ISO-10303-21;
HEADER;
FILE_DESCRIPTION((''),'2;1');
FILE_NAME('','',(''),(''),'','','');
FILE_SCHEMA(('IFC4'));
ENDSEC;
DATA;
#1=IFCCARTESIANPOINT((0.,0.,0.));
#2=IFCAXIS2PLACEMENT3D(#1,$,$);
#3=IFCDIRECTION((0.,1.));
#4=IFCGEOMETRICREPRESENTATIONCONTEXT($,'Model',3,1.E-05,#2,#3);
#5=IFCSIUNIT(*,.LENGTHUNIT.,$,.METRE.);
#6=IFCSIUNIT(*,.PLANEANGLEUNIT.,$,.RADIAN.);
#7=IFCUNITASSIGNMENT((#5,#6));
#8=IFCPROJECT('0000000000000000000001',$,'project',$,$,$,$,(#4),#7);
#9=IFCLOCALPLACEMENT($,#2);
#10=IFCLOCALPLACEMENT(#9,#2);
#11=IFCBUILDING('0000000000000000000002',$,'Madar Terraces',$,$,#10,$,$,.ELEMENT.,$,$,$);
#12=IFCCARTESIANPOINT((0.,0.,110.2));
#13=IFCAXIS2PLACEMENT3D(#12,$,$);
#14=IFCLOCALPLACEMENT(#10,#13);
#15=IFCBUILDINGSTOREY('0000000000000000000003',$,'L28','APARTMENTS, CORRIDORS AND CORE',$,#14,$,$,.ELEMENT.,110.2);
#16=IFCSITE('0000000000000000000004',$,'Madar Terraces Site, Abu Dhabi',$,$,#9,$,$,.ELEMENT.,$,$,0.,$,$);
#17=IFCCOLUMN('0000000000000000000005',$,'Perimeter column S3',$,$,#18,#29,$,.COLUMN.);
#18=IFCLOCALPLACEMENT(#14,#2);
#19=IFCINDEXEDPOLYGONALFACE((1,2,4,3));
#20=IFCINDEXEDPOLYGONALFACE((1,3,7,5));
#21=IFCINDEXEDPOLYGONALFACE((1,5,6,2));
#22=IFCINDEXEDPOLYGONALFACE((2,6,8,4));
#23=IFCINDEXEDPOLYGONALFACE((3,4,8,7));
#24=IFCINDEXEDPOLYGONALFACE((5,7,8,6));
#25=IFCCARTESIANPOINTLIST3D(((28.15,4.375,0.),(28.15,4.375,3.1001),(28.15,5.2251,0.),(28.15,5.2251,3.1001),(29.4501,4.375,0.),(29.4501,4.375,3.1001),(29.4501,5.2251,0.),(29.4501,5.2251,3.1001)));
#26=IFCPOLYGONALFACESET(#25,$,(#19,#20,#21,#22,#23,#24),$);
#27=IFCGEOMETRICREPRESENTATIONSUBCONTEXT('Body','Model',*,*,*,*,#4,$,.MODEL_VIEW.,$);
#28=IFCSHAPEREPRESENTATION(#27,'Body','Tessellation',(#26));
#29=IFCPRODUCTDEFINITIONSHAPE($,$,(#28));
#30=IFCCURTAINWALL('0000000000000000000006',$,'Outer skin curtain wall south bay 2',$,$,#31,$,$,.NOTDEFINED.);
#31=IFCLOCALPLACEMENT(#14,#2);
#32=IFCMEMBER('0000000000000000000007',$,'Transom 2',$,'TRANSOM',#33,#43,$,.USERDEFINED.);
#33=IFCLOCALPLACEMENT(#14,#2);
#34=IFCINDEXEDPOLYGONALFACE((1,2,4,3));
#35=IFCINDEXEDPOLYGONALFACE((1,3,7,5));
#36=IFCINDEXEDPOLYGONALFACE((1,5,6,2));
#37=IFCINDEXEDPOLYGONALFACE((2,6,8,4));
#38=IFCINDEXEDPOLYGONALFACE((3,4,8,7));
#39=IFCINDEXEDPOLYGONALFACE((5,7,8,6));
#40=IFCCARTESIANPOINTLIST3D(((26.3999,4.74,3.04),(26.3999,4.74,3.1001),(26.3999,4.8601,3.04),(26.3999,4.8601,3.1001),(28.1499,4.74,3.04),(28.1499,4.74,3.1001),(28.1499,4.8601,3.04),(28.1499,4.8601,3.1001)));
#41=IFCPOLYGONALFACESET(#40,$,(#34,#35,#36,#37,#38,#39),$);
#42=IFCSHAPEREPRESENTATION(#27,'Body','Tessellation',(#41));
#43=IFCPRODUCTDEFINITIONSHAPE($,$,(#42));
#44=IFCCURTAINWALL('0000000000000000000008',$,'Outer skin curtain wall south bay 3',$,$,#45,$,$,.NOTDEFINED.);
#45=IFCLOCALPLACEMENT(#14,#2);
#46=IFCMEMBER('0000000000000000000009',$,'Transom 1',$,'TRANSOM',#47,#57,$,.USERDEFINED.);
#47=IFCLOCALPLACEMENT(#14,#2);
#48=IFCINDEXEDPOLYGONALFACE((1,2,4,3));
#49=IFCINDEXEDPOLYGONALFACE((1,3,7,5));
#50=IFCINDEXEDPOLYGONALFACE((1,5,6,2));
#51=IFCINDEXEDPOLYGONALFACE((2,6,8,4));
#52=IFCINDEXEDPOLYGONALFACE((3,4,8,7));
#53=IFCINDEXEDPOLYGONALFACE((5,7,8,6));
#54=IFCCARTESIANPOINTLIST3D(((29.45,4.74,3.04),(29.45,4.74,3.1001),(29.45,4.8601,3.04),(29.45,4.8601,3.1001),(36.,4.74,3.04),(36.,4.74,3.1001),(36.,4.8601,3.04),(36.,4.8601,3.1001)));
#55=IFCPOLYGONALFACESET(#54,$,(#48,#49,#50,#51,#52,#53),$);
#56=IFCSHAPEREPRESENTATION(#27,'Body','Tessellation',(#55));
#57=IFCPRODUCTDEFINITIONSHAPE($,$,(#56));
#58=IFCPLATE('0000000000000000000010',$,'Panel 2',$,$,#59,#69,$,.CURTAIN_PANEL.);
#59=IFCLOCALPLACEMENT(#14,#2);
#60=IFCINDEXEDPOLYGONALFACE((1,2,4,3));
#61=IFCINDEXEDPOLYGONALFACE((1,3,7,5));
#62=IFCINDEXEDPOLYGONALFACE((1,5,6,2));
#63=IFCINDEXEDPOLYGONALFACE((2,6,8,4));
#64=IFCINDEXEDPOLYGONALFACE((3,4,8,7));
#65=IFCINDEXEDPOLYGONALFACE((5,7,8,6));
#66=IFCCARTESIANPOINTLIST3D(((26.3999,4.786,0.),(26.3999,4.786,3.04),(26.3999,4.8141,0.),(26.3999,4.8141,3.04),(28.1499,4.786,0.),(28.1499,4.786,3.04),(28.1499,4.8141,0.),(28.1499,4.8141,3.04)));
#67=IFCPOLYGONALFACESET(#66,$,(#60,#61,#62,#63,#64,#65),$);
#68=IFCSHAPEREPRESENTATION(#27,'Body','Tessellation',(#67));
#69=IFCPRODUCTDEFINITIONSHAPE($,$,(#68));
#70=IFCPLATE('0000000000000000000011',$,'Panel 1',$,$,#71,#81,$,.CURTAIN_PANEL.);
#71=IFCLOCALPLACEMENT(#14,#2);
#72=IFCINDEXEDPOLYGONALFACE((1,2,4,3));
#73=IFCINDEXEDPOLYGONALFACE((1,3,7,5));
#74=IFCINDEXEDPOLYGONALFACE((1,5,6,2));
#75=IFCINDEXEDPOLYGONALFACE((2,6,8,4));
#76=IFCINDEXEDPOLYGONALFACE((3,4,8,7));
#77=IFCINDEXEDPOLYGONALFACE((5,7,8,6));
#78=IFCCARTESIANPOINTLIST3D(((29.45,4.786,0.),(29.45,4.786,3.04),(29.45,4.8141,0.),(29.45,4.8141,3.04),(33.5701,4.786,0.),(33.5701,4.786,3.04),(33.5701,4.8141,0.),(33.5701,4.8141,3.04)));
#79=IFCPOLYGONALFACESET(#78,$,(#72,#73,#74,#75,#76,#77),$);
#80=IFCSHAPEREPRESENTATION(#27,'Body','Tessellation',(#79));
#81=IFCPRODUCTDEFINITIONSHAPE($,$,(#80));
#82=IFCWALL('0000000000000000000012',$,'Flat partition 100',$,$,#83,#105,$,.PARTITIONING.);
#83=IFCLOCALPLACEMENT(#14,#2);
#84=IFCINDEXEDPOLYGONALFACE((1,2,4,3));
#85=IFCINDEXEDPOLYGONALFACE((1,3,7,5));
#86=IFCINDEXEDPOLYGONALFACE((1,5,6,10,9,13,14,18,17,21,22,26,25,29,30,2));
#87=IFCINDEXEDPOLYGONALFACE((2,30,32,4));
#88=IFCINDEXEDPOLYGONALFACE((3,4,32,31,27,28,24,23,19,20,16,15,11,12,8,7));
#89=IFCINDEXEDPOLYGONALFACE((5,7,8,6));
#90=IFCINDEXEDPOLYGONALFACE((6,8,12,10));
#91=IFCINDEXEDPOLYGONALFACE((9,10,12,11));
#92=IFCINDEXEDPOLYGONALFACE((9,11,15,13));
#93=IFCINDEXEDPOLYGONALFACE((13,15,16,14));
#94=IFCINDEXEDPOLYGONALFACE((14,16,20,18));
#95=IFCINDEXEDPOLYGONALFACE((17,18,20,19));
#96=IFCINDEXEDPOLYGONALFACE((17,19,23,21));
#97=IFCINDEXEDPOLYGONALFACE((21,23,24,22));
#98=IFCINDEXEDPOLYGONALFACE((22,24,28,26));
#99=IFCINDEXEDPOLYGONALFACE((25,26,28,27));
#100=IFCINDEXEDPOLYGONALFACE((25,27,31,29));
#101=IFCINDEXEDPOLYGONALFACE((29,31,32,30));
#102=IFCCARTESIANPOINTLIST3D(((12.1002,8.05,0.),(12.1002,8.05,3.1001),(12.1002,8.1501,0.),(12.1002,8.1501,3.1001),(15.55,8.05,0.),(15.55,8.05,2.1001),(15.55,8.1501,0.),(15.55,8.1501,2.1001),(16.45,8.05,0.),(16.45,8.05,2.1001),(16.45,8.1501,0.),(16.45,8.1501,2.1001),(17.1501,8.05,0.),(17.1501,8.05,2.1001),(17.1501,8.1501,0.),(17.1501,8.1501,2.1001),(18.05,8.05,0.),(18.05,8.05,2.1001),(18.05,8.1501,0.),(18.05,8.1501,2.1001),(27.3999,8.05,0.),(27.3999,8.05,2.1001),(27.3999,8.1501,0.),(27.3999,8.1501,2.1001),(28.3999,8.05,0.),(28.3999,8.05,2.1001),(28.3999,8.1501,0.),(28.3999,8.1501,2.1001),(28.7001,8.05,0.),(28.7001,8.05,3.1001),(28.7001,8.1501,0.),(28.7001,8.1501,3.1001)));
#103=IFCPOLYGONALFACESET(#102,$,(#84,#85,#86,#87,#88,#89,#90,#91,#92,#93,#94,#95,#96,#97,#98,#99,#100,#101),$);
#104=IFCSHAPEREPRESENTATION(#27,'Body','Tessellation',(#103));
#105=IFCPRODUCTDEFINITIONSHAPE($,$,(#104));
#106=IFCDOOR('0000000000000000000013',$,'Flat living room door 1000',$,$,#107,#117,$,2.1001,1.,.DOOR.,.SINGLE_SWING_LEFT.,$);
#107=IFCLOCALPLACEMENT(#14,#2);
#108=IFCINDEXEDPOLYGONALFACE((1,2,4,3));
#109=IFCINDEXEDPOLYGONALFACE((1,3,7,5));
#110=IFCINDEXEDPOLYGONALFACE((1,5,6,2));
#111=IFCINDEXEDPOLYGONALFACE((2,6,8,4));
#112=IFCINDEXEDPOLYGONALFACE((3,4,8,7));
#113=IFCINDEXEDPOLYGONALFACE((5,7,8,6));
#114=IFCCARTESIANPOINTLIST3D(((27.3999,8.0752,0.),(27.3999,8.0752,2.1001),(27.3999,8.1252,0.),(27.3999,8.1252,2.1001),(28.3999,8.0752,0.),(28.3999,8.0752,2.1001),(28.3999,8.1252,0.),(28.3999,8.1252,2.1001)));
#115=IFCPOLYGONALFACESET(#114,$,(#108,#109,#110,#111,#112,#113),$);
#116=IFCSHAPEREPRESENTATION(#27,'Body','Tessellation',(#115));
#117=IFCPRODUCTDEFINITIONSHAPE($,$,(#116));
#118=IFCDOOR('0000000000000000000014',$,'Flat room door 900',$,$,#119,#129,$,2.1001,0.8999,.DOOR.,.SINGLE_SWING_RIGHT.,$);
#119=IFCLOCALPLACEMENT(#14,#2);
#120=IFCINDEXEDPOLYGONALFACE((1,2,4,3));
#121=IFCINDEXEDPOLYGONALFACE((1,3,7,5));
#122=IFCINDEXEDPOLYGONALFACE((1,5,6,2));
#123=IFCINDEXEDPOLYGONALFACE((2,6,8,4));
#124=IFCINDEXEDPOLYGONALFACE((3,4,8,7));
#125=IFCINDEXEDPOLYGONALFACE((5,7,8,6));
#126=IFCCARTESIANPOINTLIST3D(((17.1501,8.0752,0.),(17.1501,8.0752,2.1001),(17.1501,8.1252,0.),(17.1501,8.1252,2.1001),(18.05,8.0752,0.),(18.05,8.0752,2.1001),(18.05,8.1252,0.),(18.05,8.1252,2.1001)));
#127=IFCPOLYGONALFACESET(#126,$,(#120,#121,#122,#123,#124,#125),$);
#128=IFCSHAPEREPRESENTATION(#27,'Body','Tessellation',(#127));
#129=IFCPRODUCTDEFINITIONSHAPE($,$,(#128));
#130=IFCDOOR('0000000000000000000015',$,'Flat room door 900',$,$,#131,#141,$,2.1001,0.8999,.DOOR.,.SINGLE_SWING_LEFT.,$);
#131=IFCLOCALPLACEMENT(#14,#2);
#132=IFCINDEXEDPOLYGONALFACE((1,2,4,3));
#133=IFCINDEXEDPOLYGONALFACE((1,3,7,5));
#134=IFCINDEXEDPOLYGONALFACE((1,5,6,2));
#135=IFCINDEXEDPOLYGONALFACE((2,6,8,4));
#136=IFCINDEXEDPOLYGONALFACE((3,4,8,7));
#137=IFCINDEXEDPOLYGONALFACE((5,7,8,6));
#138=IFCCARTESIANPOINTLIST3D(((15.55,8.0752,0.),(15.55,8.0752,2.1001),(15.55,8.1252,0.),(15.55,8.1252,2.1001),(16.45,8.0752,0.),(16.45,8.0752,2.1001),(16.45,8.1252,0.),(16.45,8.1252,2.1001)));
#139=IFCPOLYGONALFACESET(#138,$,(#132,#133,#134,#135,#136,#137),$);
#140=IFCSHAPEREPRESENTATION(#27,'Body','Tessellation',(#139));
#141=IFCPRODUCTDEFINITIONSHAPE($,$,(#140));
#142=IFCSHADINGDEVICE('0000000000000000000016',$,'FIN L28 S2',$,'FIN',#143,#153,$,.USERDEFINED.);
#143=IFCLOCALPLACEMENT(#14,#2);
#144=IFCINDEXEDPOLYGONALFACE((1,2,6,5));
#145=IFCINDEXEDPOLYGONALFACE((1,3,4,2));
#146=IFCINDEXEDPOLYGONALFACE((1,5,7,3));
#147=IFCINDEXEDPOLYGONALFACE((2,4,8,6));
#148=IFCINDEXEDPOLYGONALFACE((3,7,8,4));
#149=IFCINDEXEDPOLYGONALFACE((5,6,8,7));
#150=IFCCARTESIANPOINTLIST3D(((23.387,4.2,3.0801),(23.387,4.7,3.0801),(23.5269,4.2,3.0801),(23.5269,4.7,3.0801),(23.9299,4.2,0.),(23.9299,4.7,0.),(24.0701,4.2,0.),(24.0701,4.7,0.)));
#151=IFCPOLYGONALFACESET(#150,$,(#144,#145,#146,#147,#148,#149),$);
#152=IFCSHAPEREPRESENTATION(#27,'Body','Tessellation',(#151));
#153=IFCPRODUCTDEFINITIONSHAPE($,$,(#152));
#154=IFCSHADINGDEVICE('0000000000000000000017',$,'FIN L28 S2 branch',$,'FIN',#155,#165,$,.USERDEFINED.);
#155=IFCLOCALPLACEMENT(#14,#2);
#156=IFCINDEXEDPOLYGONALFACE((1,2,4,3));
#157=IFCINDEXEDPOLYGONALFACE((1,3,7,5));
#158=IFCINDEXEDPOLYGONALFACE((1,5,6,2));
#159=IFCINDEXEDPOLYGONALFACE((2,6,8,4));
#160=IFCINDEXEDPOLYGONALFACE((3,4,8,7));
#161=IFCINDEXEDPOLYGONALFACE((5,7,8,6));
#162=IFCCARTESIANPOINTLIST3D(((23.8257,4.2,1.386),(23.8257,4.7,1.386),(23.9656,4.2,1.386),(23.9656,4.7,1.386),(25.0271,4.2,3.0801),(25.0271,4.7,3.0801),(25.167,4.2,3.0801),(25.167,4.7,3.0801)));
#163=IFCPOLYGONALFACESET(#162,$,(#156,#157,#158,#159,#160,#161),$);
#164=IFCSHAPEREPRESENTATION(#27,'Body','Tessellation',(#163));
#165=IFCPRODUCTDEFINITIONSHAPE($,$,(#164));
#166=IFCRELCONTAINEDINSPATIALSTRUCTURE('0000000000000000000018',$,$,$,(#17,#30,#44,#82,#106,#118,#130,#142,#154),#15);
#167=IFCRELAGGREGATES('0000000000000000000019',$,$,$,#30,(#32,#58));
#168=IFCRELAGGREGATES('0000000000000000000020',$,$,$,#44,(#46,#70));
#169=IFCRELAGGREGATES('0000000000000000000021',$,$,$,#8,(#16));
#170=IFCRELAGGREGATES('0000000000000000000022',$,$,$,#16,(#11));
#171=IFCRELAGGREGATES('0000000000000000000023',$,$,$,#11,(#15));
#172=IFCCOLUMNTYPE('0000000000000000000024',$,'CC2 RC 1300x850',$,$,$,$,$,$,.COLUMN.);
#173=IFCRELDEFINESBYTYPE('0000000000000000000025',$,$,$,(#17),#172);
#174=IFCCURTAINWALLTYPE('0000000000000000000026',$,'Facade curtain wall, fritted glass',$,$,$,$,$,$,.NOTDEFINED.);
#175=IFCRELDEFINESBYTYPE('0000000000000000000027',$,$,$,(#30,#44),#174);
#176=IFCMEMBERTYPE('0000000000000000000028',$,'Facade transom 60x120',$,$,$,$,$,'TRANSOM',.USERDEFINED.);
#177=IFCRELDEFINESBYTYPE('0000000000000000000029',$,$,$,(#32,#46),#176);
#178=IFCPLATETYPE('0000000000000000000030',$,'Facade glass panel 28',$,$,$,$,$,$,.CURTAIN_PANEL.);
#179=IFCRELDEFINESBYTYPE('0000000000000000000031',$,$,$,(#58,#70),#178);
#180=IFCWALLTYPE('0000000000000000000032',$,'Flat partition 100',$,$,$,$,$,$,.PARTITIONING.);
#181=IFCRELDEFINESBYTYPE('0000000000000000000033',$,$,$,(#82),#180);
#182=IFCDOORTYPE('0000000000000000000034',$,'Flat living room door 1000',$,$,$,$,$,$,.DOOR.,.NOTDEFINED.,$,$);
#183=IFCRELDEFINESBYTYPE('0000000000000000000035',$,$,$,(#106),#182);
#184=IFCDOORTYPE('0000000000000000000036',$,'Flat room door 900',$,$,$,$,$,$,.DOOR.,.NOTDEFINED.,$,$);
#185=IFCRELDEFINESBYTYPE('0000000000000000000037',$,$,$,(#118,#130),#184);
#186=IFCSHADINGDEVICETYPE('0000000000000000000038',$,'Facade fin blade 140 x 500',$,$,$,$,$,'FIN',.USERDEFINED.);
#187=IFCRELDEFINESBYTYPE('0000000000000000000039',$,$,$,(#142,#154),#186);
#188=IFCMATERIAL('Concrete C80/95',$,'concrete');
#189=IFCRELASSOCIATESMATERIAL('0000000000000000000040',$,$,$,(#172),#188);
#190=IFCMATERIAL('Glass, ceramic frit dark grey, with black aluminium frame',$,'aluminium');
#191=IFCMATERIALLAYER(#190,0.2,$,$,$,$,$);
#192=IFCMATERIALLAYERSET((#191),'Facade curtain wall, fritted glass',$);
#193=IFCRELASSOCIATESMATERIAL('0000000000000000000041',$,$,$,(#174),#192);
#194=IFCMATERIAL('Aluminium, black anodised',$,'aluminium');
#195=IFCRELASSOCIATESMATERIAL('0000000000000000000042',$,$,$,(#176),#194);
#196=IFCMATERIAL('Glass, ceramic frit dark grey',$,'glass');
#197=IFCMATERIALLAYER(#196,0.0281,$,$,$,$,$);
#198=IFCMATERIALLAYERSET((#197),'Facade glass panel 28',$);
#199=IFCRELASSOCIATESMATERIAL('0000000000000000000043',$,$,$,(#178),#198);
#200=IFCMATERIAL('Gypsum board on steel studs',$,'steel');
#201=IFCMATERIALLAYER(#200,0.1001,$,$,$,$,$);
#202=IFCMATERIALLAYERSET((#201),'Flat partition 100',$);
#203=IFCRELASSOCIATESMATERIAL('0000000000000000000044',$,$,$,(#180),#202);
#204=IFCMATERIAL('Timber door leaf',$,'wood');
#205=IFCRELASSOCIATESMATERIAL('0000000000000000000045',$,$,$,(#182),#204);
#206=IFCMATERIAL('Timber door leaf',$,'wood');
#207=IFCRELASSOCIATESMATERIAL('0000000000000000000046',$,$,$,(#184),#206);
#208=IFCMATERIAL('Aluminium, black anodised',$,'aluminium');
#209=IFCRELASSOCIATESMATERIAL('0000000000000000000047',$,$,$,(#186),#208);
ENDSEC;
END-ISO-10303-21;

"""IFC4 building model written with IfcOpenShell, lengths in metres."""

from ifc_helpers import new_model, si_unit, direction, frame, frame_2d, origin, origin_2d, place, context, subcontext, project, spatial, polyline, rectangle, outline, extrude, material, layer, layer_set, material_profile, profile_set, type_object, element, fill, aggregate, save


model = new_model("IFC4")

# Units and contexts
model_context = context("Model", 3, precision=1e-05, world=origin(), true_north=direction((0.0, 1.0)))
body_context = subcontext(model_context, "Body", "Model", "MODEL_VIEW")
ifc_project = project(units=[si_unit("LENGTHUNIT", "METRE"), si_unit("PLANEANGLEUNIT", "RADIAN")], contexts=[model_context])

# Site, building, storey
site_placement = place(None, origin())
site = spatial("IfcSite", under=ifc_project, at=site_placement, Name="Madar Terraces Site, Abu Dhabi", CompositionType="ELEMENT", RefElevation=0.0)
building_placement = place(site_placement, origin())
building = spatial("IfcBuilding", under=site, at=building_placement, Name="Madar Terraces", CompositionType="ELEMENT")
storey_placement = place(building_placement, frame((0.0, 0.0, 110.2)))
storey = spatial("IfcBuildingStorey", under=building, at=storey_placement, Name="L28", Description="APARTMENTS, CORRIDORS AND CORE", CompositionType="ELEMENT", Elevation=110.2)

# Column
ifc_material_1 = material(Name="Concrete C80/95", Category="concrete")
ifc_material_profile_1 = material_profile(ifc_material_1, rectangle(XDim=1.3, YDim=0.8501, at=origin_2d()), Name="CC2 RC 1300x850")
ifc_profile_set_1 = profile_set([ifc_material_profile_1], Name="Concrete C80/95")
column_type = type_object("IfcColumnType", Name="CC2 RC 1300x850", PredefinedType="COLUMN", material=ifc_profile_set_1)
column_placement = place(storey_placement, frame((28.8, 4.8, 0.0), z_axis=(0.0, 0.0, 1.0), x_axis=(1.0, 0.0, 0.0)))
element("IfcColumn", 1, at=column_placement, inside=storey, type_object=column_type, Name="Perimeter column S3", PredefinedType="COLUMN", context=body_context, shape_type="SweptSolid", body=[
    extrude(rectangle(XDim=1.3, YDim=0.8501, at=origin_2d()), origin(), (0.0, 0.0, 1.0), 3.1001),
])

# Curtain walls, members
ifc_material_2 = material(Name="Glass, ceramic frit dark grey, with black aluminium frame", Category="aluminium")
ifc_layer_1 = layer(ifc_material_2, 0.2)
ifc_layer_set_1 = layer_set([ifc_layer_1], Name="Facade curtain wall, fritted glass")
curtain_wall_type = type_object("IfcCurtainWallType", Name="Facade curtain wall, fritted glass", PredefinedType="NOTDEFINED", material=ifc_layer_set_1)
curtain_wall_1_placement = place(storey_placement, origin())
curtain_wall_1 = element("IfcCurtainWall", 2, at=curtain_wall_1_placement, inside=storey, type_object=curtain_wall_type, Name="Outer skin curtain wall south bay 2", PredefinedType="NOTDEFINED")
ifc_material_3 = material(Name="Aluminium, black anodised", Category="aluminium")
ifc_material_profile_2 = material_profile(ifc_material_3, rectangle(XDim=0.1201, YDim=0.0601, at=origin_2d()), Name="Facade transom 60x120")
ifc_profile_set_2 = profile_set([ifc_material_profile_2], Name="Aluminium, black anodised")
member_type = type_object("IfcMemberType", Name="Facade transom 60x120", ElementType="TRANSOM", PredefinedType="USERDEFINED", material=ifc_profile_set_2)
member_1_placement = place(storey_placement, frame((26.3999, 4.8, 3.0701), z_axis=(1.0, 0.0, 0.0), x_axis=(0.0, 1.0, 0.0)))
member_1 = element("IfcMember", 3, at=member_1_placement, type_object=member_type, Name="Transom 2", ObjectType="TRANSOM", PredefinedType="USERDEFINED", context=body_context, shape_type="SweptSolid", body=[
    extrude(rectangle(XDim=0.1201, YDim=0.0601, at=origin_2d()), origin(), (0.0, 0.0, 1.0), 1.75),
])
curtain_wall_2_placement = place(storey_placement, origin())
curtain_wall_2 = element("IfcCurtainWall", 4, at=curtain_wall_2_placement, inside=storey, type_object=curtain_wall_type, Name="Outer skin curtain wall south bay 3", PredefinedType="NOTDEFINED")
member_2_placement = place(storey_placement, frame((29.45, 4.8, 3.0701), z_axis=(1.0, 0.0, 0.0), x_axis=(0.0, 1.0, 0.0)))
member_2 = element("IfcMember", 5, at=member_2_placement, type_object=member_type, Name="Transom 1", ObjectType="TRANSOM", PredefinedType="USERDEFINED", context=body_context, shape_type="SweptSolid", body=[
    extrude(rectangle(XDim=0.1201, YDim=0.0601, at=origin_2d()), origin(), (0.0, 0.0, 1.0), 6.55),
])

# Plates
ifc_material_4 = material(Name="Glass, ceramic frit dark grey", Category="glass")
ifc_layer_2 = layer(ifc_material_4, 0.0281)
ifc_layer_set_2 = layer_set([ifc_layer_2], Name="Facade glass panel 28")
plate_type = type_object("IfcPlateType", Name="Facade glass panel 28", PredefinedType="CURTAIN_PANEL", material=ifc_layer_set_2)
plate_1_placement = place(storey_placement, frame((27.2749, 4.8, 0.0), z_axis=(0.0, 0.0, 1.0), x_axis=(1.0, 0.0, 0.0)))
plate_1 = element("IfcPlate", 6, at=plate_1_placement, type_object=plate_type, Name="Panel 2", PredefinedType="CURTAIN_PANEL", context=body_context, shape_type="SweptSolid", body=[
    extrude(rectangle(XDim=1.75, YDim=0.0281, at=origin_2d()), origin(), (0.0, 0.0, 1.0), 3.04),
])
aggregate(curtain_wall_1, [member_1, plate_1])
plate_2_placement = place(storey_placement, frame((31.51, 4.8, 0.0), z_axis=(0.0, 0.0, 1.0), x_axis=(1.0, 0.0, 0.0)))
plate_2 = element("IfcPlate", 7, at=plate_2_placement, type_object=plate_type, Name="Panel 1", PredefinedType="CURTAIN_PANEL", context=body_context, shape_type="SweptSolid", body=[
    extrude(rectangle(XDim=4.1201, YDim=0.0281, at=origin_2d()), origin(), (0.0, 0.0, 1.0), 3.04),
])
aggregate(curtain_wall_2, [member_2, plate_2])

# Wall, openings, doors
ifc_material_5 = material(Name="Gypsum board on steel studs", Category="steel")
ifc_layer_3 = layer(ifc_material_5, 0.1001)
ifc_layer_set_3 = layer_set([ifc_layer_3], Name="Flat partition 100")
wall_type_1 = type_object("IfcWallType", Name="Flat partition 100", PredefinedType="PARTITIONING", material=ifc_layer_set_3)
wall_1_placement = place(storey_placement, frame((28.7, 8.1001, 0.0), z_axis=(0.0, 0.0, 1.0), x_axis=(-1.0, 0.0, 0.0)))
wall_1 = element("IfcWall", 8, at=wall_1_placement, inside=storey, type_object=wall_type_1, Name="Flat partition 100", PredefinedType="PARTITIONING", context=body_context, shape_type="SweptSolid", body=[
    extrude(rectangle(XDim=16.5999, YDim=0.1001, at=frame_2d((8.2998, 0.0))), origin(), (0.0, 0.0, 1.0), 3.1001),
])
opening_1_placement = place(wall_1_placement, frame((0.3, 0.0, 0.0)))
opening_1 = element("IfcOpeningElement", 9, at=opening_1_placement, cuts=wall_1, PredefinedType="OPENING", context=body_context, shape_type="SweptSolid", body=[
    extrude(rectangle(XDim=1.0, YDim=2.1001, at=frame_2d((0.5, 1.05))), frame((0.0, 0.0601, 0.0), z_axis=(0.0, -1.0, 0.0), x_axis=(1.0, 0.0, 0.0)), (0.0, 0.0, 1.0), 0.1201),
])
opening_2_placement = place(wall_1_placement, frame((10.6499, 0.0, 0.0)))
opening_2 = element("IfcOpeningElement", 10, at=opening_2_placement, cuts=wall_1, PredefinedType="OPENING", context=body_context, shape_type="SweptSolid", body=[
    extrude(rectangle(XDim=0.8999, YDim=2.1001, at=frame_2d((0.45, 1.05))), frame((0.0, 0.0601, 0.0), z_axis=(0.0, -1.0, 0.0), x_axis=(1.0, 0.0, 0.0)), (0.0, 0.0, 1.0), 0.1201),
])
opening_3_placement = place(wall_1_placement, frame((12.25, 0.0, 0.0)))
opening_3 = element("IfcOpeningElement", 11, at=opening_3_placement, cuts=wall_1, PredefinedType="OPENING", context=body_context, shape_type="SweptSolid", body=[
    extrude(rectangle(XDim=0.8999, YDim=2.1001, at=frame_2d((0.45, 1.05))), frame((0.0, 0.0601, 0.0), z_axis=(0.0, -1.0, 0.0), x_axis=(1.0, 0.0, 0.0)), (0.0, 0.0, 1.0), 0.1201),
])
ifc_material_6 = material(Name="Timber door leaf", Category="wood")
door_type_1 = type_object("IfcDoorType", Name="Flat living room door 1000", OperationType="NOTDEFINED", PredefinedType="DOOR", material=ifc_material_6)
door_1_placement = place(opening_1_placement, origin())
door_1 = element("IfcDoor", 12, at=door_1_placement, inside=storey, type_object=door_type_1, Name="Flat living room door 1000", OperationType="SINGLE_SWING_LEFT", OverallHeight=2.1001, OverallWidth=1.0, PredefinedType="DOOR", context=body_context, shape_type="SweptSolid", body=[
    extrude(rectangle(XDim=1.0, YDim=2.1001, at=frame_2d((0.5, 1.05))), frame((0.0, 0.0249, 0.0), z_axis=(0.0, -1.0, 0.0), x_axis=(1.0, 0.0, 0.0)), (0.0, 0.0, 1.0), 0.05),
])
fill(opening_1, door_1)
ifc_material_7 = material(Name="Timber door leaf", Category="wood")
door_type_2 = type_object("IfcDoorType", Name="Flat room door 900", OperationType="NOTDEFINED", PredefinedType="DOOR", material=ifc_material_7)
door_2_placement = place(opening_2_placement, origin())
door_2 = element("IfcDoor", 13, at=door_2_placement, inside=storey, type_object=door_type_2, Name="Flat room door 900", OperationType="SINGLE_SWING_RIGHT", OverallHeight=2.1001, OverallWidth=0.8999, PredefinedType="DOOR", context=body_context, shape_type="SweptSolid", body=[
    extrude(rectangle(XDim=0.8999, YDim=2.1001, at=frame_2d((0.45, 1.05))), frame((0.0, 0.0249, 0.0), z_axis=(0.0, -1.0, 0.0), x_axis=(1.0, 0.0, 0.0)), (0.0, 0.0, 1.0), 0.05),
])
fill(opening_2, door_2)
door_3_placement = place(opening_3_placement, origin())
door_3 = element("IfcDoor", 14, at=door_3_placement, inside=storey, type_object=door_type_2, Name="Flat room door 900", OperationType="SINGLE_SWING_LEFT", OverallHeight=2.1001, OverallWidth=0.8999, PredefinedType="DOOR", context=body_context, shape_type="SweptSolid", body=[
    extrude(rectangle(XDim=0.8999, YDim=2.1001, at=frame_2d((0.45, 1.05))), frame((0.0, 0.0249, 0.0), z_axis=(0.0, -1.0, 0.0), x_axis=(1.0, 0.0, 0.0)), (0.0, 0.0, 1.0), 0.05),
])
fill(opening_3, door_3)

# Shading devices
ifc_material_8 = material(Name="Aluminium, black anodised", Category="aluminium")
shading_device_type = type_object("IfcShadingDeviceType", Name="Facade fin blade 140 x 500", ElementType="FIN", PredefinedType="USERDEFINED", material=ifc_material_8)
shading_device_1_placement = place(storey_placement, frame((23.9299, 4.45, 0.0), z_axis=(0.0, 0.0, 1.0), x_axis=(1.0, 0.0, 0.0)))
element("IfcShadingDevice", 15, at=shading_device_1_placement, inside=storey, type_object=shading_device_type, Name="FIN L28 S2", ObjectType="FIN", PredefinedType="USERDEFINED", context=body_context, shape_type="SweptSolid", body=[
    extrude(outline(polyline([(0.0, 0.0), (0.1401, 0.0), (-0.4031, 3.0801), (-0.543, 3.0801), (0.0, 0.0)])), frame((0.0, 0.25, 0.0), z_axis=(0.0, -1.0, 0.0), x_axis=(1.0, 0.0, 0.0)), (0.0, 0.0, 1.0), 0.5),
])
shading_device_2_placement = place(storey_placement, frame((23.8257, 4.45, 1.386), z_axis=(0.0, 0.0, 1.0), x_axis=(1.0, 0.0, 0.0)))
element("IfcShadingDevice", 16, at=shading_device_2_placement, inside=storey, type_object=shading_device_type, Name="FIN L28 S2 branch", ObjectType="FIN", PredefinedType="USERDEFINED", context=body_context, shape_type="SweptSolid", body=[
    extrude(outline(polyline([(0.0, 0.0), (0.1399, 0.0), (1.3413, 1.6941), (1.2014, 1.6941), (0.0, 0.0)])), frame((0.0, 0.25, 0.0), z_axis=(0.0, -1.0, 0.0), x_axis=(1.0, 0.0, 0.0)), (0.0, 0.0, 1.0), 0.5),
])

save(model, "model.ifc")
